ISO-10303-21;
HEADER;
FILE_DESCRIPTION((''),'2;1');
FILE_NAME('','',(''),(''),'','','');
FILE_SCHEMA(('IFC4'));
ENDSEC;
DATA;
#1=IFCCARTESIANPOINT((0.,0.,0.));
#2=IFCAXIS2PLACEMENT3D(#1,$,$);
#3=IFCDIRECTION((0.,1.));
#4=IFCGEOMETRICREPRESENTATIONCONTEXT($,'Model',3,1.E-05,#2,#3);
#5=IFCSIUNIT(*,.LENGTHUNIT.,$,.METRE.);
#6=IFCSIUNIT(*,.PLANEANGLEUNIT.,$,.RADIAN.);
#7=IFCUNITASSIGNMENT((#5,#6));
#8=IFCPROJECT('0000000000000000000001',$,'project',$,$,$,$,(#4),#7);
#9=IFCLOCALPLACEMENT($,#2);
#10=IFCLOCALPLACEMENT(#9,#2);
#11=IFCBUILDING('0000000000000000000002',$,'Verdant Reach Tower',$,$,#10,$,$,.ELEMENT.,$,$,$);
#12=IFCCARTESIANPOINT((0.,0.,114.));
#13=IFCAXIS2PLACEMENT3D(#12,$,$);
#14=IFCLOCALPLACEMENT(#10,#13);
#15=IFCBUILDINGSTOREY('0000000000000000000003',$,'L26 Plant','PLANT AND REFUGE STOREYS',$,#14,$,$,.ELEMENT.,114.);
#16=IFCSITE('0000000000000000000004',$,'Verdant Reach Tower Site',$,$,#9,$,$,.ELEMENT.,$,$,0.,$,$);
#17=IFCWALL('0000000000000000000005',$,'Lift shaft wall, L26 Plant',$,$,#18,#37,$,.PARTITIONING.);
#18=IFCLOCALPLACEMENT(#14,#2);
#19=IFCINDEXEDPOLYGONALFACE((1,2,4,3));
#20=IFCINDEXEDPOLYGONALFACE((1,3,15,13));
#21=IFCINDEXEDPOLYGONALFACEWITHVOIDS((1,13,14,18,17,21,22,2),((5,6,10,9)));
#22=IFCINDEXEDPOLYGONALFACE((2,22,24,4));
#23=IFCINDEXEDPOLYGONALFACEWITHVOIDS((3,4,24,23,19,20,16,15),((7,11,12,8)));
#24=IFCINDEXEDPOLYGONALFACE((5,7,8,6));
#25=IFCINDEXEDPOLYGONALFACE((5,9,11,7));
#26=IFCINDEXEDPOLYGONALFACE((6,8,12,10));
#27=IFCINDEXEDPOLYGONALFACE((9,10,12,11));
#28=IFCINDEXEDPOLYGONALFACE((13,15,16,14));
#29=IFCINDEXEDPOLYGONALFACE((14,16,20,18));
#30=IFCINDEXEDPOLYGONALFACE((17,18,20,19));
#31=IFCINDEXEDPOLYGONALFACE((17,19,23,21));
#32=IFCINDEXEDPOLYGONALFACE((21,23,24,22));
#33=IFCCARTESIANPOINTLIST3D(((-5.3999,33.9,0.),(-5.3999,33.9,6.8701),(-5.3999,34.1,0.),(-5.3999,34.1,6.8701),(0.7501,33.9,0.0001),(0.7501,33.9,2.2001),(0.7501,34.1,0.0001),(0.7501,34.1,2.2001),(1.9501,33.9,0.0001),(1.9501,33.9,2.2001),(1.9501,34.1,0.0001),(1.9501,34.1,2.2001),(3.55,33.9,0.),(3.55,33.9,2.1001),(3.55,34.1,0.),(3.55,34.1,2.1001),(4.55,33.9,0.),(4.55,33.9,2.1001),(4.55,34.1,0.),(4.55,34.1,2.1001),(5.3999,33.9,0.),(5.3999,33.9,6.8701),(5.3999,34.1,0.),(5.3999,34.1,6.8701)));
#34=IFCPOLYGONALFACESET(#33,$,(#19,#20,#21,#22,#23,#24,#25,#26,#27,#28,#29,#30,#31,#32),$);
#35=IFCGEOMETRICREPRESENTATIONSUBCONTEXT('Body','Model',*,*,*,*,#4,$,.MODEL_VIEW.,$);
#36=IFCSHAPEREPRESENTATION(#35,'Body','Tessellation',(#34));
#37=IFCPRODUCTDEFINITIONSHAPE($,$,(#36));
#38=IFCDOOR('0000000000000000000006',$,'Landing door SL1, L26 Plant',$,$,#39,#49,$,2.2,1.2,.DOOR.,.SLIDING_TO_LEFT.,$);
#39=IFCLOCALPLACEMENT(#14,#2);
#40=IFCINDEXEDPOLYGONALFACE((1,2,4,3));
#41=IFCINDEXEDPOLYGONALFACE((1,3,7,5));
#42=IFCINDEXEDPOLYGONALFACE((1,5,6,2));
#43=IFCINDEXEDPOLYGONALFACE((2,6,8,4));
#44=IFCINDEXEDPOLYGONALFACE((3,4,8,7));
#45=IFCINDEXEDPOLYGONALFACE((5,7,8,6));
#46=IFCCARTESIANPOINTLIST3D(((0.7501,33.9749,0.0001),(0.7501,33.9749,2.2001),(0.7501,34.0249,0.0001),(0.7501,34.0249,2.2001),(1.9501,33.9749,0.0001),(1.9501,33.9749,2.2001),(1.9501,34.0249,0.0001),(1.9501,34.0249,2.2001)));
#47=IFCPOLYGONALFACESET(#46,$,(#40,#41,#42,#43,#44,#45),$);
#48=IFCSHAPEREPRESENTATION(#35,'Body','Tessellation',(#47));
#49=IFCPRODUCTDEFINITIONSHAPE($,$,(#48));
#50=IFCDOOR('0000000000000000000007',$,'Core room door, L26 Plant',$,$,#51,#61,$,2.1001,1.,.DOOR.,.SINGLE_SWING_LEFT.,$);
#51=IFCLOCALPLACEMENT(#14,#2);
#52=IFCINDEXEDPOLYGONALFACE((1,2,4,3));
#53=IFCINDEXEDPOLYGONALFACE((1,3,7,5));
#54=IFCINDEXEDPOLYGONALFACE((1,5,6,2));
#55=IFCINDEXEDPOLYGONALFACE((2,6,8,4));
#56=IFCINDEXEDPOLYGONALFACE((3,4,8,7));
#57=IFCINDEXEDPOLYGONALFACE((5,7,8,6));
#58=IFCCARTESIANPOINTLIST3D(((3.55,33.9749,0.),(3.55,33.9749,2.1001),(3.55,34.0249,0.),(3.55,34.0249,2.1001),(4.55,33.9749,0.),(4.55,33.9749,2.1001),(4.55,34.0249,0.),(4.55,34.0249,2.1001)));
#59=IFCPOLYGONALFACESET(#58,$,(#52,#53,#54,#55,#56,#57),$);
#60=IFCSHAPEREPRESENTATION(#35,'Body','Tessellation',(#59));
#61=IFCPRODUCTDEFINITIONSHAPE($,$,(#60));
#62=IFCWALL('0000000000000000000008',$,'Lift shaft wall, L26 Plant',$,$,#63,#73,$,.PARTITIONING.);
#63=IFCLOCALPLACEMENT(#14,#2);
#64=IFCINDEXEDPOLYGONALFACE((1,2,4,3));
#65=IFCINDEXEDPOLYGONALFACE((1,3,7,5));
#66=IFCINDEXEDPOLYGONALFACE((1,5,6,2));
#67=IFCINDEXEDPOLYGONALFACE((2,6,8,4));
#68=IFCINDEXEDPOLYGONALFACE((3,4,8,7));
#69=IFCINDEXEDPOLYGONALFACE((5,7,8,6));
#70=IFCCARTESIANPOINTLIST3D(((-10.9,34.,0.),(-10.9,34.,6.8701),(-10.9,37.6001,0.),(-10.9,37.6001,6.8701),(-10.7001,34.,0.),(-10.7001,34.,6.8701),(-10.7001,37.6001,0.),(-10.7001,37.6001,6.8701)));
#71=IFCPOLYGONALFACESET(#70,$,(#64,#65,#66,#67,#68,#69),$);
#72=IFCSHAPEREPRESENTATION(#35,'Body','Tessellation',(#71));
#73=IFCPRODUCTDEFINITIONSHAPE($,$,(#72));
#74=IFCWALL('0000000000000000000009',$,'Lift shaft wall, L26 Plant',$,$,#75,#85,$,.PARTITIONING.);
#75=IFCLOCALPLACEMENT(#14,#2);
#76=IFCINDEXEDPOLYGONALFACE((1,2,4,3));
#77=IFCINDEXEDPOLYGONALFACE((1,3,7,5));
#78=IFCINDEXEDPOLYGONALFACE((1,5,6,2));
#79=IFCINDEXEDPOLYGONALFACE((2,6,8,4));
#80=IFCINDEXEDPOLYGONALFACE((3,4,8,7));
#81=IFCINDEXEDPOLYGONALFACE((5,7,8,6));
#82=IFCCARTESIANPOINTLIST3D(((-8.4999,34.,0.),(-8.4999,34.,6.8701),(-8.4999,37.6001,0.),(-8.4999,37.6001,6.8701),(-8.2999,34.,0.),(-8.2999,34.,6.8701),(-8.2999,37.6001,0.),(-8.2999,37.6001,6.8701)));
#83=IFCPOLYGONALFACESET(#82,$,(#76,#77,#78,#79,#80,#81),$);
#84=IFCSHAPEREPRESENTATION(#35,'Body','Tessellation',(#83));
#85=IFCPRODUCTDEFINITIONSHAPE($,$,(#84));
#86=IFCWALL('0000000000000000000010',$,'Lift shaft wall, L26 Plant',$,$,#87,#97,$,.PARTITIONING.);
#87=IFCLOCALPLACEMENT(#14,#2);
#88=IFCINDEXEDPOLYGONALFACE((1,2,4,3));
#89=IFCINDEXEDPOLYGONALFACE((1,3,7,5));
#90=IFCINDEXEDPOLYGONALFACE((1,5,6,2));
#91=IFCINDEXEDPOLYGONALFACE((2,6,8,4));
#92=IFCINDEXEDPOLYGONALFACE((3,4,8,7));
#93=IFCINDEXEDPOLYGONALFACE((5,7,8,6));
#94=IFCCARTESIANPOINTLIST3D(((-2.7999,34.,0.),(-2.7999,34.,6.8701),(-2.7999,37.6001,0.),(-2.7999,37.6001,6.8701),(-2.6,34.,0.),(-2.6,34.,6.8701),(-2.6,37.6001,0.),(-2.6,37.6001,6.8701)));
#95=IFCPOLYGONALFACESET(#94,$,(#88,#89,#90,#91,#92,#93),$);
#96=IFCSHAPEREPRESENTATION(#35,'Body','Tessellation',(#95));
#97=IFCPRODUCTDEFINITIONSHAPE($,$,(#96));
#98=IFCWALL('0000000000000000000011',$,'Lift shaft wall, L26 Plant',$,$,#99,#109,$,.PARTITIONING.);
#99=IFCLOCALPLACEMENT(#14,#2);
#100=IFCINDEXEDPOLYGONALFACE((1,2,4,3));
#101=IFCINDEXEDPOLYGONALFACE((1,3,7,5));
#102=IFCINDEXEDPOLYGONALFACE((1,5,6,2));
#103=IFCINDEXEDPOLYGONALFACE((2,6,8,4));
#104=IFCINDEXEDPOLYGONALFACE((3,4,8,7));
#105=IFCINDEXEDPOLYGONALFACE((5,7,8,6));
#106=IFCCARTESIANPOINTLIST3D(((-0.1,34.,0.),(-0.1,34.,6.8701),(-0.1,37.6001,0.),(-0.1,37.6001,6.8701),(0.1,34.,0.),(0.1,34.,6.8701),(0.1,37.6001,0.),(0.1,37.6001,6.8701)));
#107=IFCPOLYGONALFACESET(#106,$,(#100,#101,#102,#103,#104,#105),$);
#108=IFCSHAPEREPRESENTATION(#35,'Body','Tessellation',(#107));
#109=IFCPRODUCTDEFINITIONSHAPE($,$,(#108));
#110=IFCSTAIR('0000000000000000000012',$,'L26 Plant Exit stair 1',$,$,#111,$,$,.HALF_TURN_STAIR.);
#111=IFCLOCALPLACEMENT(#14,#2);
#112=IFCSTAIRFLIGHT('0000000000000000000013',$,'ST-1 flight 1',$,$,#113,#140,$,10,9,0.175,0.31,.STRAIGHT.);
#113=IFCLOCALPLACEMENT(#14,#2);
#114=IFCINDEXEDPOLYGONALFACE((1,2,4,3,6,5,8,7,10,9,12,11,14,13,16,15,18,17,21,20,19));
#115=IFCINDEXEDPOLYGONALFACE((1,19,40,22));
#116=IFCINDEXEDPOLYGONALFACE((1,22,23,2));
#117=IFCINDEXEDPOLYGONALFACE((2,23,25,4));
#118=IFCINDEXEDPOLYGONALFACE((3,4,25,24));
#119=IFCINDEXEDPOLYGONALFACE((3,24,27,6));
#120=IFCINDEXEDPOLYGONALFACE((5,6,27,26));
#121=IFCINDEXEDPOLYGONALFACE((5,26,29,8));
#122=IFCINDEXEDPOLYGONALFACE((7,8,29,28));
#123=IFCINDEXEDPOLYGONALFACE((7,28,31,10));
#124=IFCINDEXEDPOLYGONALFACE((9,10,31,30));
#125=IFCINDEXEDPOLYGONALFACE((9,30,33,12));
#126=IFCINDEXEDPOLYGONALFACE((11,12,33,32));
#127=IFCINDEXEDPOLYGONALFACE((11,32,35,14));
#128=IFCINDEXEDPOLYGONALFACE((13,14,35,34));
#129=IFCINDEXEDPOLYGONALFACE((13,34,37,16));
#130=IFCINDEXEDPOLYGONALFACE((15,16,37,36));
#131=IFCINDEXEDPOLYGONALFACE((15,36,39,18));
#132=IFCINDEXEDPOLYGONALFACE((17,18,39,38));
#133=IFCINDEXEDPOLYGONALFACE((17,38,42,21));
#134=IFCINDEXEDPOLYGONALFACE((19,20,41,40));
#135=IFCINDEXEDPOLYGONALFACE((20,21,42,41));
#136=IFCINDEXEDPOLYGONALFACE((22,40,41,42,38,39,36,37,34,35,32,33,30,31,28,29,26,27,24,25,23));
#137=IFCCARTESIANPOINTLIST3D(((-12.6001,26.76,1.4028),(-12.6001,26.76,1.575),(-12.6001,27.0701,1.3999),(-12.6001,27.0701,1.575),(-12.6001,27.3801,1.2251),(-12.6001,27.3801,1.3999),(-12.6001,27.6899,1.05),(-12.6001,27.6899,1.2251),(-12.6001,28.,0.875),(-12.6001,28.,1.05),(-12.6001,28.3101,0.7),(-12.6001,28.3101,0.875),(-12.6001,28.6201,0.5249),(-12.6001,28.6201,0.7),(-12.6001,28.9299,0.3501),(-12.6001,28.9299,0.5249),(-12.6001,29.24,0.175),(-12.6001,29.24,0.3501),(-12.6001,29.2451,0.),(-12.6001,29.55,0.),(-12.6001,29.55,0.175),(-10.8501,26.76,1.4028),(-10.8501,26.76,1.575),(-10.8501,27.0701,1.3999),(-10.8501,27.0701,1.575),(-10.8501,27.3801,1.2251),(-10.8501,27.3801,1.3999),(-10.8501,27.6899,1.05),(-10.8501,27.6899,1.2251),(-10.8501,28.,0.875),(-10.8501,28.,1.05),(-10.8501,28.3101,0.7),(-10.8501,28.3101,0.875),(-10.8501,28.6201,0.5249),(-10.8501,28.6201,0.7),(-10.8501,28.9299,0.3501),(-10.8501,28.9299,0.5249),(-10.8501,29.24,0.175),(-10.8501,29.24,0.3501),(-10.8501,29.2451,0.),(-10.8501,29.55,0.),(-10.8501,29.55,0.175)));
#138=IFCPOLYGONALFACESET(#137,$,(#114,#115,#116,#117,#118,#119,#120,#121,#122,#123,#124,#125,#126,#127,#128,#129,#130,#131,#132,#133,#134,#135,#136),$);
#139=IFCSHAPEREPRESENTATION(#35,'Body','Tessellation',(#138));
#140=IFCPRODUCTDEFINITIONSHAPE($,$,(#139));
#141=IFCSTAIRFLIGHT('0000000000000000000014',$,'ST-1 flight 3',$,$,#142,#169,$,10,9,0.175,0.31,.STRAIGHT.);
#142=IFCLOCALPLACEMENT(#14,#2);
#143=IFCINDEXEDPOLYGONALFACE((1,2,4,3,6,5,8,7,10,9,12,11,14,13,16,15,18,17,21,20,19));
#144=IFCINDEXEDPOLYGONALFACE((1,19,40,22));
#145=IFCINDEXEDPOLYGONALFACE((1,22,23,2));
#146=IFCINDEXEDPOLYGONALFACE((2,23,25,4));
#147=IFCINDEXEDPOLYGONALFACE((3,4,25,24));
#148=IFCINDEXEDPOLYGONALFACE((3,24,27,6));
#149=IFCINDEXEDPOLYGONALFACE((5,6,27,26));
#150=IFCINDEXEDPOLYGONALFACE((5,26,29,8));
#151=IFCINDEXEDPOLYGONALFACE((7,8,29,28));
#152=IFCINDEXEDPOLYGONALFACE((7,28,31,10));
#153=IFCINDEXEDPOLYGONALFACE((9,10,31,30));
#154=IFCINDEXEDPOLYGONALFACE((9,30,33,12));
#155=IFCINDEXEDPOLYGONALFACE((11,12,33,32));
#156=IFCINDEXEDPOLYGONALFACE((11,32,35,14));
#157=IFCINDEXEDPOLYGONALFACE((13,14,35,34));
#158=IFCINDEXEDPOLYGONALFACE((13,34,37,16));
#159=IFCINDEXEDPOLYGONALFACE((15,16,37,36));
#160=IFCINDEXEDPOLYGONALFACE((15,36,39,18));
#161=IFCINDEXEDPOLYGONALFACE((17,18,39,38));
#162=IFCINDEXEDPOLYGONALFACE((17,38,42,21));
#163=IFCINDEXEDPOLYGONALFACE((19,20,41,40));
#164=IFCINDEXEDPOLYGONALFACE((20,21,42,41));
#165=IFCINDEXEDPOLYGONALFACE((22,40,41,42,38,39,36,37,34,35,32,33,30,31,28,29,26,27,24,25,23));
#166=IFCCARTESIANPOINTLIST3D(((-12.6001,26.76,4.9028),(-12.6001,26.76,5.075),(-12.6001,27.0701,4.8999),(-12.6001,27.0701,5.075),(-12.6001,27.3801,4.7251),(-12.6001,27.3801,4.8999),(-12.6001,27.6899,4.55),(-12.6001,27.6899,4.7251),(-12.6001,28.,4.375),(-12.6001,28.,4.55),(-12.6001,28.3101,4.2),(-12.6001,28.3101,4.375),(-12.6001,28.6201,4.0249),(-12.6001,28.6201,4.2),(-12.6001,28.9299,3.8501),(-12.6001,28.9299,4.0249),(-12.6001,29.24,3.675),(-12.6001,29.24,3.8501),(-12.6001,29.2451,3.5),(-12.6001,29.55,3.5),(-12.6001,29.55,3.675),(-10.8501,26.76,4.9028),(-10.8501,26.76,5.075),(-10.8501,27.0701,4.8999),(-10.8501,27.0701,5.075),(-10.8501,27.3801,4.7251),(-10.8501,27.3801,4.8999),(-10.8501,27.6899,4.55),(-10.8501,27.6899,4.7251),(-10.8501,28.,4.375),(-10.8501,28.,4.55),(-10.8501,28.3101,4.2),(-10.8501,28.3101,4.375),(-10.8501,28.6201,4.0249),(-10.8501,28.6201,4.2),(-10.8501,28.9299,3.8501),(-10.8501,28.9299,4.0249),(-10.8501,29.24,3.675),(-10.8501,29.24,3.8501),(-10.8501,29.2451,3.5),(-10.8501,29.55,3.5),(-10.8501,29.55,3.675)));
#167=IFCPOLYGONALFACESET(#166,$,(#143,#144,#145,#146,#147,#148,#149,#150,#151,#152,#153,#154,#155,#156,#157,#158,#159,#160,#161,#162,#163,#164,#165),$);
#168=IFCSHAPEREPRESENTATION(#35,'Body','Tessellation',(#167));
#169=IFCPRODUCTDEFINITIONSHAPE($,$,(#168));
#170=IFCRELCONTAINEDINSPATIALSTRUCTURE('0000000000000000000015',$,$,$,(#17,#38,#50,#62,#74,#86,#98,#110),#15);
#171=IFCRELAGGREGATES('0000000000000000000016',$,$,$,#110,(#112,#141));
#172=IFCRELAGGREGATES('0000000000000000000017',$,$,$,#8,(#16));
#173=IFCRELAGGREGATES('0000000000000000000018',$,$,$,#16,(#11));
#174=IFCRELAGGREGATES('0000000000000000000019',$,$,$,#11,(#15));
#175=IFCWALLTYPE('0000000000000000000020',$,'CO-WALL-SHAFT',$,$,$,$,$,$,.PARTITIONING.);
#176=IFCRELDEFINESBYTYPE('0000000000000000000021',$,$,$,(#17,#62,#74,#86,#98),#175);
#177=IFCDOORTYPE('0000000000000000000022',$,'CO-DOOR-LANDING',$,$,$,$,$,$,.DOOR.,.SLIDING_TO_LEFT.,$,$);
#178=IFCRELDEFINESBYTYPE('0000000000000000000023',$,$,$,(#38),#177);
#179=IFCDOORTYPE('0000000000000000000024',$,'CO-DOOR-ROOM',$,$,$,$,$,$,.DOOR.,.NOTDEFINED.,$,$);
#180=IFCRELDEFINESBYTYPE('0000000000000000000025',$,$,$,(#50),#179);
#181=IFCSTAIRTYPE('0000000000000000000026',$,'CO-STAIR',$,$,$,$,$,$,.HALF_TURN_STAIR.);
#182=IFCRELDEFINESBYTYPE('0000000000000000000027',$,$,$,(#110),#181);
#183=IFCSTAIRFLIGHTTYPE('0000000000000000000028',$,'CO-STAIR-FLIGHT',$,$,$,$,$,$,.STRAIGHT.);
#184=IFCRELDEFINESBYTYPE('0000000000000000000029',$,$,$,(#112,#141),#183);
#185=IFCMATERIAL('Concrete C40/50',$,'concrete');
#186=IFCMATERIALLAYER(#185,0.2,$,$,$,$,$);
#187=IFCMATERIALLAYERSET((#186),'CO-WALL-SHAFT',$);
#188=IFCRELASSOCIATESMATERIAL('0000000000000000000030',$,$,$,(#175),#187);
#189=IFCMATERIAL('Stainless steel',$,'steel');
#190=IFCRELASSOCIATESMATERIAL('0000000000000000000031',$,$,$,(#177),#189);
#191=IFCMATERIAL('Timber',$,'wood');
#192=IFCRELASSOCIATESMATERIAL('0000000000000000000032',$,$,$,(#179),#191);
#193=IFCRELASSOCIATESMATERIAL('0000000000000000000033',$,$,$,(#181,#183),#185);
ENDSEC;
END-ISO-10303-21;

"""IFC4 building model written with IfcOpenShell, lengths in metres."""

from ifc_helpers import new_model, si_unit, direction, frame, frame_2d, origin, place, context, subcontext, project, spatial, polyline, rectangle, outline, extrude, material, layer, layer_set, type_object, element, fill, aggregate, save


model = new_model("IFC4")

# Units and contexts
model_context = context("Model", 3, precision=1e-05, world=origin(), true_north=direction((0.0, 1.0)))
body_context = subcontext(model_context, "Body", "Model", "MODEL_VIEW")
ifc_project = project(units=[si_unit("LENGTHUNIT", "METRE"), si_unit("PLANEANGLEUNIT", "RADIAN")], contexts=[model_context])

# Site, building, storey
site_placement = place(None, origin())
site = spatial("IfcSite", under=ifc_project, at=site_placement, Name="Verdant Reach Tower Site", CompositionType="ELEMENT", RefElevation=0.0)
building_placement = place(site_placement, origin())
building = spatial("IfcBuilding", under=site, at=building_placement, Name="Verdant Reach Tower", CompositionType="ELEMENT")
storey_placement = place(building_placement, frame((0.0, 0.0, 114.0)))
storey = spatial("IfcBuildingStorey", under=building, at=storey_placement, Name="L26 Plant", Description="PLANT AND REFUGE STOREYS", CompositionType="ELEMENT", Elevation=114.0)

# Shared definitions
ifc_material_1 = material(Name="Concrete C40/50", Category="concrete")
ifc_layer_1 = layer(ifc_material_1, 0.2)
ifc_layer_set_1 = layer_set([ifc_layer_1], Name="CO-WALL-SHAFT")
wall_type = type_object("IfcWallType", Name="CO-WALL-SHAFT", PredefinedType="PARTITIONING", material=ifc_layer_set_1)

# Wall, openings, doors
wall_1_placement = place(storey_placement, frame((-5.3999, 34.0, 0.0), z_axis=(0.0, 0.0, 1.0), x_axis=(1.0, 0.0, 0.0)))
wall_1 = element("IfcWall", 1, at=wall_1_placement, inside=storey, type_object=wall_type, Name="Lift shaft wall, L26 Plant", PredefinedType="PARTITIONING", context=body_context, shape_type="SweptSolid", body=[
    extrude(rectangle(XDim=10.7998, YDim=0.2, at=frame_2d((5.3999, 0.0))), origin(), (0.0, 0.0, 1.0), 6.8701),
])
opening_1_placement = place(wall_1_placement, frame((6.1499, 0.0, 0.0)))
opening_1 = element("IfcOpeningElement", 2, at=opening_1_placement, cuts=wall_1, PredefinedType="OPENING", context=body_context, shape_type="SweptSolid", body=[
    extrude(rectangle(XDim=1.2, YDim=2.2, at=frame_2d((0.6001, 1.1001))), frame((0.0, 0.1099, 0.0), z_axis=(0.0, -1.0, 0.0), x_axis=(1.0, 0.0, 0.0)), (0.0, 0.0, 1.0), 0.22),
])
opening_2_placement = place(wall_1_placement, frame((8.95, 0.0, 0.0)))
opening_2 = element("IfcOpeningElement", 3, at=opening_2_placement, cuts=wall_1, PredefinedType="OPENING", context=body_context, shape_type="SweptSolid", body=[
    extrude(rectangle(XDim=1.0, YDim=2.1001, at=frame_2d((0.5, 1.05))), frame((0.0, 0.1099, 0.0), z_axis=(0.0, -1.0, 0.0), x_axis=(1.0, 0.0, 0.0)), (0.0, 0.0, 1.0), 0.22),
])
ifc_material_2 = material(Name="Stainless steel", Category="steel")
door_type_1 = type_object("IfcDoorType", Name="CO-DOOR-LANDING", OperationType="SLIDING_TO_LEFT", PredefinedType="DOOR", material=ifc_material_2)
door_1_placement = place(opening_1_placement, origin())
door_1 = element("IfcDoor", 4, at=door_1_placement, inside=storey, type_object=door_type_1, Name="Landing door SL1, L26 Plant", OperationType="SLIDING_TO_LEFT", OverallHeight=2.2, OverallWidth=1.2, PredefinedType="DOOR", context=body_context, shape_type="SweptSolid", body=[
    extrude(rectangle(XDim=1.2, YDim=2.2, at=frame_2d((0.6001, 1.1001))), frame((0.0, 0.0249, 0.0), z_axis=(0.0, -1.0, 0.0), x_axis=(1.0, 0.0, 0.0)), (0.0, 0.0, 1.0), 0.05),
])
fill(opening_1, door_1)
ifc_material_3 = material(Name="Timber", Category="wood")
door_type_2 = type_object("IfcDoorType", Name="CO-DOOR-ROOM", OperationType="NOTDEFINED", PredefinedType="DOOR", material=ifc_material_3)
door_2_placement = place(opening_2_placement, origin())
door_2 = element("IfcDoor", 5, at=door_2_placement, inside=storey, type_object=door_type_2, Name="Core room door, L26 Plant", OperationType="SINGLE_SWING_LEFT", OverallHeight=2.1001, OverallWidth=1.0, PredefinedType="DOOR", context=body_context, shape_type="SweptSolid", body=[
    extrude(rectangle(XDim=1.0, YDim=2.1001, at=frame_2d((0.5, 1.05))), frame((0.0, 0.0249, 0.0), z_axis=(0.0, -1.0, 0.0), x_axis=(1.0, 0.0, 0.0)), (0.0, 0.0, 1.0), 0.05),
])
fill(opening_2, door_2)

# Walls
for number, where, z_axis, x_axis, name in (
    (6, (-10.8, 34.0, 0.0), (0.0, 0.0, 1.0), (0.0, 1.0, 0.0), "Lift shaft wall, L26 Plant"),
    (7, (-8.3999, 34.0, 0.0), (0.0, 0.0, 1.0), (0.0, 1.0, 0.0), "Lift shaft wall, L26 Plant"),
    (8, (-2.7, 34.0, 0.0), (0.0, 0.0, 1.0), (0.0, 1.0, 0.0), "Lift shaft wall, L26 Plant"),
    (9, (0.0, 34.0, 0.0), (0.0, 0.0, 1.0), (0.0, 1.0, 0.0), "Lift shaft wall, L26 Plant"),
):
    element("IfcWall", number, at=place(storey_placement, frame(where, z_axis=z_axis, x_axis=x_axis)), inside=storey, type_object=wall_type, Name=name, PredefinedType="PARTITIONING", context=body_context, shape_type="SweptSolid", body=[
        extrude(rectangle(XDim=3.6001, YDim=0.2, at=frame_2d((1.8, 0.0))), origin(), (0.0, 0.0, 1.0), 6.8701),
    ])

# Stair, stair flights
stair_type = type_object("IfcStairType", Name="CO-STAIR", PredefinedType="HALF_TURN_STAIR", material=ifc_material_1)
stair_placement = place(storey_placement, origin())
stair = element("IfcStair", 10, at=stair_placement, inside=storey, type_object=stair_type, Name="L26 Plant Exit stair 1", PredefinedType="HALF_TURN_STAIR")
stair_flight_type = type_object("IfcStairFlightType", Name="CO-STAIR-FLIGHT", PredefinedType="STRAIGHT", material=ifc_material_1)
stair_flight_1_placement = place(storey_placement, frame((-11.7251, 29.55, 0.0), z_axis=(0.0, 0.0, 1.0), x_axis=(0.0, -1.0, 0.0)))
stair_flight_1 = element("IfcStairFlight", 11, at=stair_flight_1_placement, type_object=stair_flight_type, Name="ST-1 flight 1", NumberOfRisers=10, NumberOfTreads=9, PredefinedType="STRAIGHT", RiserHeight=0.175, TreadLength=0.31, context=body_context, shape_type="SweptSolid", body=[
    extrude(outline(polyline([(0.0, 0.0), (0.0, 0.175), (0.3101, 0.175), (0.3101, 0.3501), (0.6201, 0.3501), (0.6201, 0.5249), (0.9299, 0.5249), (0.9299, 0.7), (1.24, 0.7), (1.24, 0.875), (1.55, 0.875), (1.55, 1.05), (1.8601, 1.05), (1.8601, 1.2251), (2.1699, 1.2251), (2.1699, 1.3999), (2.48, 1.3999), (2.48, 1.575), (2.79, 1.575), (2.79, 1.75), (2.79, 1.4028), (0.3049, 0.0), (0.0, 0.0)])), frame((0.0, 0.875, 0.0), z_axis=(0.0, -1.0, 0.0), x_axis=(1.0, 0.0, 0.0)), (0.0, 0.0, 1.0), 1.75),
])
stair_flight_2_placement = place(storey_placement, frame((-11.7251, 29.55, 3.5), z_axis=(0.0, 0.0, 1.0), x_axis=(0.0, -1.0, 0.0)))
stair_flight_2 = element("IfcStairFlight", 12, at=stair_flight_2_placement, type_object=stair_flight_type, Name="ST-1 flight 3", NumberOfRisers=10, NumberOfTreads=9, PredefinedType="STRAIGHT", RiserHeight=0.175, TreadLength=0.31, context=body_context, shape_type="SweptSolid", body=[
    extrude(outline(polyline([(0.0, 0.0), (0.0, 0.175), (0.3101, 0.175), (0.3101, 0.3501), (0.6201, 0.3501), (0.6201, 0.5249), (0.9299, 0.5249), (0.9299, 0.7), (1.24, 0.7), (1.24, 0.875), (1.55, 0.875), (1.55, 1.05), (1.8601, 1.05), (1.8601, 1.2251), (2.1699, 1.2251), (2.1699, 1.3999), (2.48, 1.3999), (2.48, 1.575), (2.79, 1.575), (2.79, 1.75), (2.79, 1.4028), (0.3049, 0.0), (0.0, 0.0)])), frame((0.0, 0.875, 0.0), z_axis=(0.0, -1.0, 0.0), x_axis=(1.0, 0.0, 0.0)), (0.0, 0.0, 1.0), 1.75),
])
aggregate(stair, [stair_flight_1, stair_flight_2])

save(model, "model.ifc")
